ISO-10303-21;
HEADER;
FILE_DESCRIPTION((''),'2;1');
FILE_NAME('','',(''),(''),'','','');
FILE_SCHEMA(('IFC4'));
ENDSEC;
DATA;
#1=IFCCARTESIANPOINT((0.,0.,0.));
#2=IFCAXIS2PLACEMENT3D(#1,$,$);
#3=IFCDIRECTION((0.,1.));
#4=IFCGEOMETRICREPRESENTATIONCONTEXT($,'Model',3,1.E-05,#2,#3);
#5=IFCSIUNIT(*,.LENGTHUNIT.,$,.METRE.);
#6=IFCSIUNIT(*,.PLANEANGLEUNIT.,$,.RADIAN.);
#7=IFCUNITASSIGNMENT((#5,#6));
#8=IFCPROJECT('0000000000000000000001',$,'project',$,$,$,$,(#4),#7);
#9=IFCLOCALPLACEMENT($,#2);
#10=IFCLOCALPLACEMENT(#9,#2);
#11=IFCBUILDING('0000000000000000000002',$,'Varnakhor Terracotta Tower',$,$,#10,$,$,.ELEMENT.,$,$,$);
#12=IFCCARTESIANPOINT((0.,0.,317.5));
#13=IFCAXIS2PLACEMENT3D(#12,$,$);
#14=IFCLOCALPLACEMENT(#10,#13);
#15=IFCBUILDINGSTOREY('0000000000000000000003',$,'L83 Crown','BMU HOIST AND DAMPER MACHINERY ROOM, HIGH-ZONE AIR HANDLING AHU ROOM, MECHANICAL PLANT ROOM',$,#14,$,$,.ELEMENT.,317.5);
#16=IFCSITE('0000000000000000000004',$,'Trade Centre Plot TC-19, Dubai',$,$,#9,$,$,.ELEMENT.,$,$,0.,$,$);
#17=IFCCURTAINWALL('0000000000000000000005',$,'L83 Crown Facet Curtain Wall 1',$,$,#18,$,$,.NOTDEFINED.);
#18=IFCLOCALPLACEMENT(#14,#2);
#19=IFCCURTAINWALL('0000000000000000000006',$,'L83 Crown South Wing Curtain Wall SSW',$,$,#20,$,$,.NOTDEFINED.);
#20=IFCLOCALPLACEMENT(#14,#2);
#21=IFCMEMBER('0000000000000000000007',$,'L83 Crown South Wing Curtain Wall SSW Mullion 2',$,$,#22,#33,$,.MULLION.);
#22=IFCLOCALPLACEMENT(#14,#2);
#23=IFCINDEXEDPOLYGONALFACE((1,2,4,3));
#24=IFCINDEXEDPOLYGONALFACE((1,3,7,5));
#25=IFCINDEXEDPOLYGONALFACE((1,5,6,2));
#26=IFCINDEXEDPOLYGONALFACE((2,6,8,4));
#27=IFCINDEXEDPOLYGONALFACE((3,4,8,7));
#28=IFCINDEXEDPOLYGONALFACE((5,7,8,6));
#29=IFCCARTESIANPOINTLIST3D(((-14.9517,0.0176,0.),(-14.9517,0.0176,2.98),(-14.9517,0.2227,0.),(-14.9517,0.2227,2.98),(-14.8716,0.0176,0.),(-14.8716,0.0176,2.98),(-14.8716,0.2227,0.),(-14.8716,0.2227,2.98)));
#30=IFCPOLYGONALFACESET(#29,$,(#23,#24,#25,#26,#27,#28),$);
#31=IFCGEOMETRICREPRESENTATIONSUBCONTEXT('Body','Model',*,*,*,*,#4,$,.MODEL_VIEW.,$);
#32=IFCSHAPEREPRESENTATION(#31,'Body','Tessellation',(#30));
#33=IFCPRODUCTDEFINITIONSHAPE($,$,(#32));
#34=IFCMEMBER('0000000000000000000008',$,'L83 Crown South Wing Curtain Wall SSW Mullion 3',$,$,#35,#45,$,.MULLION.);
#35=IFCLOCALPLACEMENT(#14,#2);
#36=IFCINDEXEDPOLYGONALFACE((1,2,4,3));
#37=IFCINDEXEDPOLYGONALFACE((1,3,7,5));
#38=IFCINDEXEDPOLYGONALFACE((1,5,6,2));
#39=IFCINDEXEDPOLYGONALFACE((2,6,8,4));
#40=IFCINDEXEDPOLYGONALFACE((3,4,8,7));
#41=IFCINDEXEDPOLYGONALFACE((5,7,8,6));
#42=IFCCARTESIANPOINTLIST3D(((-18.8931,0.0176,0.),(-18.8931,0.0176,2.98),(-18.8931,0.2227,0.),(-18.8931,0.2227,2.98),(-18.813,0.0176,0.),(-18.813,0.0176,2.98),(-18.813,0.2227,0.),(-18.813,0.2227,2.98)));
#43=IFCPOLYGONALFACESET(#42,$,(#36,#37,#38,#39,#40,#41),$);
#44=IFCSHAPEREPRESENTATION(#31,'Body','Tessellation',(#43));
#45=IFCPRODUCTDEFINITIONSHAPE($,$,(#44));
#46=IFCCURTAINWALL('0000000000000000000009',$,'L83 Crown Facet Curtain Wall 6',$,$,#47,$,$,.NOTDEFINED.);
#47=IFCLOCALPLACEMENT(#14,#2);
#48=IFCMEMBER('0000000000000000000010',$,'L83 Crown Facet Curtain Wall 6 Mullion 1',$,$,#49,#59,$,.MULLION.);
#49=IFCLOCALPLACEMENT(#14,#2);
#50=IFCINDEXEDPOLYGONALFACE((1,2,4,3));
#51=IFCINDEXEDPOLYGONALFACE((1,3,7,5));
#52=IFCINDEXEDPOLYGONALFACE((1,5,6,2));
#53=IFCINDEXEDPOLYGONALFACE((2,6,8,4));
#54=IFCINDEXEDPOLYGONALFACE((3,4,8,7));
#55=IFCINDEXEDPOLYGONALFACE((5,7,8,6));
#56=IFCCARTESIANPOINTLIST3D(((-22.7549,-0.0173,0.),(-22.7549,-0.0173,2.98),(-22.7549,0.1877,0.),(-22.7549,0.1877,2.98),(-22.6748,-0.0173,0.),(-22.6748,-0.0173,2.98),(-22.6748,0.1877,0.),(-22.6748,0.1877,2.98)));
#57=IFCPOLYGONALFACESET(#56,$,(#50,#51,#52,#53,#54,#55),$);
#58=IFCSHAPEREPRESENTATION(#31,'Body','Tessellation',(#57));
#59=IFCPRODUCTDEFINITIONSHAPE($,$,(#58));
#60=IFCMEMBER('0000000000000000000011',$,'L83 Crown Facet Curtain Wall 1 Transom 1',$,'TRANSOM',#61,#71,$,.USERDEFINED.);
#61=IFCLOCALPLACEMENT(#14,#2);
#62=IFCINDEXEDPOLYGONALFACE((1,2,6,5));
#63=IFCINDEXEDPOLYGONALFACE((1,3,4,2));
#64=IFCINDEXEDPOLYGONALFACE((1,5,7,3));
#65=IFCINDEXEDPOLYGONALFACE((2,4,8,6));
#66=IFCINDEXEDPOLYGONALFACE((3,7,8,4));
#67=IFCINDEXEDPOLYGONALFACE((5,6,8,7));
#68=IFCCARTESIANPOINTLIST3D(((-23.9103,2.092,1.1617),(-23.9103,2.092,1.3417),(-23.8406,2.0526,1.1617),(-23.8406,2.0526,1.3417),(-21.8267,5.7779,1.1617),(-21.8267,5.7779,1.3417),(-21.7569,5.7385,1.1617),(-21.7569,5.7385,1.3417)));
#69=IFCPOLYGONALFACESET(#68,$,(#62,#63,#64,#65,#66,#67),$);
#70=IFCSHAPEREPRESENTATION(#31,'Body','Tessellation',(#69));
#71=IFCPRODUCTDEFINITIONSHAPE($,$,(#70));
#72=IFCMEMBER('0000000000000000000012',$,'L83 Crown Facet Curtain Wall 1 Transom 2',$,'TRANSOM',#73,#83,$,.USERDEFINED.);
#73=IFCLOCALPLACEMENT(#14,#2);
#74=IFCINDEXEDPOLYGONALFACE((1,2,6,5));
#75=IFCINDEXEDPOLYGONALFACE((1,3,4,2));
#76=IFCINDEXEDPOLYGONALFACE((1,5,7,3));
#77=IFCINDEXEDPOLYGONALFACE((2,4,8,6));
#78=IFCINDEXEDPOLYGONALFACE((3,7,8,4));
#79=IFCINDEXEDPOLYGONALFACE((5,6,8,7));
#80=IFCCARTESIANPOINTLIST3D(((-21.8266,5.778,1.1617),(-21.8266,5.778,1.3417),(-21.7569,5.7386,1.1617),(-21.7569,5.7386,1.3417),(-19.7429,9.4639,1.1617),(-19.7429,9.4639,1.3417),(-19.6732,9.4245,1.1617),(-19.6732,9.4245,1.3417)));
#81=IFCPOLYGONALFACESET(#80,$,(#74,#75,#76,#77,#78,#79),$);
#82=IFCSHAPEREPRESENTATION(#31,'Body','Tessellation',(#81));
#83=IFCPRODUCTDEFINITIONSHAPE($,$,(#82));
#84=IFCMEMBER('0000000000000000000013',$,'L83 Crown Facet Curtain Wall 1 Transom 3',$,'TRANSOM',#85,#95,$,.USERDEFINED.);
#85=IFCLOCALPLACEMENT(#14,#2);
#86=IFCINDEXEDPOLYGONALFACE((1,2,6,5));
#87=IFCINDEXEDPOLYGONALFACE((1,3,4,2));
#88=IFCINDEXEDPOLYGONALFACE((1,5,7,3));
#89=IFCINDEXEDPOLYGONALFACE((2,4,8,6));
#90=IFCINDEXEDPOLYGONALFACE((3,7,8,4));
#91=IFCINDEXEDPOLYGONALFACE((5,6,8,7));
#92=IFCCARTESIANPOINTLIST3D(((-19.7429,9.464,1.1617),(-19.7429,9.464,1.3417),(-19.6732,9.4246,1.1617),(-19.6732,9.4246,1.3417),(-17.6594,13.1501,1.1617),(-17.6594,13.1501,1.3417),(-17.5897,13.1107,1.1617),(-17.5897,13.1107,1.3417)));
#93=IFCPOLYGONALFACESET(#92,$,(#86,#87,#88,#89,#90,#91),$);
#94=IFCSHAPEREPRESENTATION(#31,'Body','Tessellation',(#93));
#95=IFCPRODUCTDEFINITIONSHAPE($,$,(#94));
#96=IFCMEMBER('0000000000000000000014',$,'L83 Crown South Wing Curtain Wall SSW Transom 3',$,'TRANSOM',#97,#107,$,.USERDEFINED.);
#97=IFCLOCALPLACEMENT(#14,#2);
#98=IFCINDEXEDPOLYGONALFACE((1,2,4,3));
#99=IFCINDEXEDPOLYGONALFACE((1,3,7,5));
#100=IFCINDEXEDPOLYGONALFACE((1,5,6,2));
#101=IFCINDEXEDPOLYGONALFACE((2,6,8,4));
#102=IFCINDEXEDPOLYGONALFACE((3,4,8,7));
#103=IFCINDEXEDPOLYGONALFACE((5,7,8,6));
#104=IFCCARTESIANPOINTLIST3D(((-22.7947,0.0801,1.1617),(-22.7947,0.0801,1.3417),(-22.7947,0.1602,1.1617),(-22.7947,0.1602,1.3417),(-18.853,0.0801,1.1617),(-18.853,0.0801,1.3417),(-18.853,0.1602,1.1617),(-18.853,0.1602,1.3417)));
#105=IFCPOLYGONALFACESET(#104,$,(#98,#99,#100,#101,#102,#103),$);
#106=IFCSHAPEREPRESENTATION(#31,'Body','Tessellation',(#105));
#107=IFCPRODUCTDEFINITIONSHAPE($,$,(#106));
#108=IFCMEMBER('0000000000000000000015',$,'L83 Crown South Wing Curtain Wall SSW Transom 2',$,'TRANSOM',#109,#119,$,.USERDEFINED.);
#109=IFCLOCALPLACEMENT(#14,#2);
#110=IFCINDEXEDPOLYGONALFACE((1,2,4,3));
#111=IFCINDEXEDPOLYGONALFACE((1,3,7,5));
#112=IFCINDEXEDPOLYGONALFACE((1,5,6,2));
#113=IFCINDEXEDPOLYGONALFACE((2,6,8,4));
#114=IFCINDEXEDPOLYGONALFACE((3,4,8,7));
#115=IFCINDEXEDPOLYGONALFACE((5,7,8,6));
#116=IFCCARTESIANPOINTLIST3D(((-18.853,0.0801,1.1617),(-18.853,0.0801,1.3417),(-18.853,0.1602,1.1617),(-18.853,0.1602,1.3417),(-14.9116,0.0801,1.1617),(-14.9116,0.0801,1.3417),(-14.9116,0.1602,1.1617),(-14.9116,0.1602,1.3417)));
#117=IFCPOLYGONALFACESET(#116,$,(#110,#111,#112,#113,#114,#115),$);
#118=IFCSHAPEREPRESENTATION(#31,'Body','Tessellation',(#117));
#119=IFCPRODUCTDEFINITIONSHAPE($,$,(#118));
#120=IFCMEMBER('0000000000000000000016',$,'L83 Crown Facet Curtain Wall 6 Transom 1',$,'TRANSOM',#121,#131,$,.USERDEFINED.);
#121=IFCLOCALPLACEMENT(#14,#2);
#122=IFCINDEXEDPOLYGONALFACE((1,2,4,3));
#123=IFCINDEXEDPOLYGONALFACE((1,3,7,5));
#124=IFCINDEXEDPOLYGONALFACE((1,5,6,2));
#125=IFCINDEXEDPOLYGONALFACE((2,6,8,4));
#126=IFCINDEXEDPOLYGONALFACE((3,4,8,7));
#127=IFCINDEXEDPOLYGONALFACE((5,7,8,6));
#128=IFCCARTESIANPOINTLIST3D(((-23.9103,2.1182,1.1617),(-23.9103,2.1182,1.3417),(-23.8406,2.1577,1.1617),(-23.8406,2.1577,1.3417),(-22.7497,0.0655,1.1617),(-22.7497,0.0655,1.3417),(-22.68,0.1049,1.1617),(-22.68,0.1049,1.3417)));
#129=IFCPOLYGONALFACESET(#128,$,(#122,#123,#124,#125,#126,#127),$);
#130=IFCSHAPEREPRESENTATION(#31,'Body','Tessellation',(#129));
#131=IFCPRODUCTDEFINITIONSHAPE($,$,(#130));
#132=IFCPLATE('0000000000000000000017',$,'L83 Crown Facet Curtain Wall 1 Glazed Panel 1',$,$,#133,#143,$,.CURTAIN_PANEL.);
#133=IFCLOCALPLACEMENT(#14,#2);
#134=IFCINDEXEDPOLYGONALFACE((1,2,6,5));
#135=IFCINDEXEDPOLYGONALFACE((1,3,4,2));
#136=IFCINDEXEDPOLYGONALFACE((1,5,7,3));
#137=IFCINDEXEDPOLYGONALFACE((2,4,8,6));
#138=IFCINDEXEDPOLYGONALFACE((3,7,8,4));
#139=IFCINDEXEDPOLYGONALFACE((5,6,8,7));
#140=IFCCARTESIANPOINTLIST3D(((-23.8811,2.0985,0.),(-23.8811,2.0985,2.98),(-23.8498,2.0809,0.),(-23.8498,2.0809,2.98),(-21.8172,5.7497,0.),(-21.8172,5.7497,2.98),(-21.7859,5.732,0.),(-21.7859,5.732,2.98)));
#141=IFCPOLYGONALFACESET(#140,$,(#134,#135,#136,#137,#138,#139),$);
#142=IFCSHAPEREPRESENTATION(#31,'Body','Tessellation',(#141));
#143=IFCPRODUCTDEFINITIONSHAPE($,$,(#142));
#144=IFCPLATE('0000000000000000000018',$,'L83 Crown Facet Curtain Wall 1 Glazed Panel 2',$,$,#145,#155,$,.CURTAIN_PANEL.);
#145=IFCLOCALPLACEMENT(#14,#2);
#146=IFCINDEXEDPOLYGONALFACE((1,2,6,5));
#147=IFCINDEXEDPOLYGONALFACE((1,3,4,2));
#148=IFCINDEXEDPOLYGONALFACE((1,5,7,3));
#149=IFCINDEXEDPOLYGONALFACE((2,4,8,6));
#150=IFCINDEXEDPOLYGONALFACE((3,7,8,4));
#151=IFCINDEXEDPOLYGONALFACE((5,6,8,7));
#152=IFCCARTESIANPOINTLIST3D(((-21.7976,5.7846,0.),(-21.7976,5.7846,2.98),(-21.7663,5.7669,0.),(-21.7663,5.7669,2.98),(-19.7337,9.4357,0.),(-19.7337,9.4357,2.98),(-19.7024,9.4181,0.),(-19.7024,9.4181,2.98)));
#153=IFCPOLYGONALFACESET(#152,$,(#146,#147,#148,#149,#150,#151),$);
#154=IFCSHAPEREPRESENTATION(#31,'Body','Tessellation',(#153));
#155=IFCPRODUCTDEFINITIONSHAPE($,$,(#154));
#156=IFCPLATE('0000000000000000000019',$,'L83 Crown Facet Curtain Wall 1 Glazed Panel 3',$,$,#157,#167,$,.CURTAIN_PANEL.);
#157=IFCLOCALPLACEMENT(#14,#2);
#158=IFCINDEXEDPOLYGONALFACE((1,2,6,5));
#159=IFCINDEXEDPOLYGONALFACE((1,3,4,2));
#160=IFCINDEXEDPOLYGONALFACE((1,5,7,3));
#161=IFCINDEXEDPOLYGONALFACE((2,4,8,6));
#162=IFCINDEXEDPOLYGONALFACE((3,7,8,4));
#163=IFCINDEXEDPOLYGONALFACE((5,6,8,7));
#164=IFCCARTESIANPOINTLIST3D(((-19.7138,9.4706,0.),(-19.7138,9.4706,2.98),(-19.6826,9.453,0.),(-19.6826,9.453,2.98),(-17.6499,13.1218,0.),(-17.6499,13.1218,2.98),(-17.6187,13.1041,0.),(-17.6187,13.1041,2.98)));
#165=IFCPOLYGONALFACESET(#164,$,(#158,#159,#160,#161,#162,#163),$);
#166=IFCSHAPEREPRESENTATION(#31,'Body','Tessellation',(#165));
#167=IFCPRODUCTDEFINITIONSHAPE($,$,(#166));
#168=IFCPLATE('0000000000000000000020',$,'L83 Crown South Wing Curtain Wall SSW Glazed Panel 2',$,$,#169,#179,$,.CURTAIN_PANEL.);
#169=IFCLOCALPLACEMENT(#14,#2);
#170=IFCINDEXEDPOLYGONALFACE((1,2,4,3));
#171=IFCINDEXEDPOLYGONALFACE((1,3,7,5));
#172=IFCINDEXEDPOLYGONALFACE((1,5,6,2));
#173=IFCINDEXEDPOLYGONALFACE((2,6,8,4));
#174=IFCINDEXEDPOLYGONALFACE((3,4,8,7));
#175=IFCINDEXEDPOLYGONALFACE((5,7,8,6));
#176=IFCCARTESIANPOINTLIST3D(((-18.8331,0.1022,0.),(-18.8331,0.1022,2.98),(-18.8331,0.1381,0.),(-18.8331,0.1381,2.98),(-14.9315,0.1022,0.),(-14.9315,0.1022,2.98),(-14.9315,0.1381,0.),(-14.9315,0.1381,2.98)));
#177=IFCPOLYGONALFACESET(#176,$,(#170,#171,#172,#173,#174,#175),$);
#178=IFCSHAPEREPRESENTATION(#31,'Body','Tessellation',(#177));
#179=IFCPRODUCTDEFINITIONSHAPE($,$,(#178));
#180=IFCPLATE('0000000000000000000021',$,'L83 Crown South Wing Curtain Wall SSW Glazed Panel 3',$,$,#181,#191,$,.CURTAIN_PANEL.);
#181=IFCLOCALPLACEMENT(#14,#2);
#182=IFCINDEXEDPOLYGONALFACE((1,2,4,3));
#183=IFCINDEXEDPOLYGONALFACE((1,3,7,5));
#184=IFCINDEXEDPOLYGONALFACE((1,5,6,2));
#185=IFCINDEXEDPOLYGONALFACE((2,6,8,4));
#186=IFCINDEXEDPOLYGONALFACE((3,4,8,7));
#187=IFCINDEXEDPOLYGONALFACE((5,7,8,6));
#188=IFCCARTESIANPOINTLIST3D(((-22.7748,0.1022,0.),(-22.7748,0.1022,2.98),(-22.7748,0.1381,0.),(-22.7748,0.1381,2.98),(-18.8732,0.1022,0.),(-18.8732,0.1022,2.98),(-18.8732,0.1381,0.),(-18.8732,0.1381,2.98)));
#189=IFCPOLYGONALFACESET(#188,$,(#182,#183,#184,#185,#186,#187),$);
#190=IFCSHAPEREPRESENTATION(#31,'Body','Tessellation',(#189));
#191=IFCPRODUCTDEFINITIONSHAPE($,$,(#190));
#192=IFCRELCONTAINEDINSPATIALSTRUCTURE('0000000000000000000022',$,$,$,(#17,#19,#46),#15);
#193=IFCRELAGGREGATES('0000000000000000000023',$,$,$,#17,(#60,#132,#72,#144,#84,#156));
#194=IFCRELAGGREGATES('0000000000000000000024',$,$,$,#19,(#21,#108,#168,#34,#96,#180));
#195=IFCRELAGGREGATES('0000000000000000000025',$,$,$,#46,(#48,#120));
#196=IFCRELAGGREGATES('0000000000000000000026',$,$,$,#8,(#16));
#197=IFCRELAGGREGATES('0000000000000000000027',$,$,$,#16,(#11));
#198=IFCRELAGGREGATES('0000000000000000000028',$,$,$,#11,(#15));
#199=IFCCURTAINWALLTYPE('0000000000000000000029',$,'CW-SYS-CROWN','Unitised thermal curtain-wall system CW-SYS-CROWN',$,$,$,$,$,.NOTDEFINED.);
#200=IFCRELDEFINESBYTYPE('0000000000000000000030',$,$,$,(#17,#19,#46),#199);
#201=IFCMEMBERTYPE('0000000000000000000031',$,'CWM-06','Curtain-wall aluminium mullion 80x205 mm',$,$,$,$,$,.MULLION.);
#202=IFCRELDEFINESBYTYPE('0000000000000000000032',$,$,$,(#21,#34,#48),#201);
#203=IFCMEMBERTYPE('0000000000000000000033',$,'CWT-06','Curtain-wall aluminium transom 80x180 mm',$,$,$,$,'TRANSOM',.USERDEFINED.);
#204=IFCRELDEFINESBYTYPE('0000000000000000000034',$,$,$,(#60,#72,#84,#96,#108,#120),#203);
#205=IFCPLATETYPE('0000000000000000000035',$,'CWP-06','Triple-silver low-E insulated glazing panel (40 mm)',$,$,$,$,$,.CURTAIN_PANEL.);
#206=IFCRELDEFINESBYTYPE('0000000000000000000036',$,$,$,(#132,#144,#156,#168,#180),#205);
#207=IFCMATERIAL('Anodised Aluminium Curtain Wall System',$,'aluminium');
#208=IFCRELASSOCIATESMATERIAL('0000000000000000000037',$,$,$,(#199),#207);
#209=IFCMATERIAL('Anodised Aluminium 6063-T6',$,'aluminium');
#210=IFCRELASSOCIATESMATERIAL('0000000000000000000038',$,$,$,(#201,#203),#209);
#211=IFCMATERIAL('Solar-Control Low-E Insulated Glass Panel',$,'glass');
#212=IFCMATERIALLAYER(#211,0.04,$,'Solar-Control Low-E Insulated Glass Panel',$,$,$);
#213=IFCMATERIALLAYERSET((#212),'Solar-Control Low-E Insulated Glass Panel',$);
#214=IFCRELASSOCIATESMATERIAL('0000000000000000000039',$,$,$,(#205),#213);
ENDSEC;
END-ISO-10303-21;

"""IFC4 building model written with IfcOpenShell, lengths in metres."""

from ifc_helpers import new_model, si_unit, direction, frame, origin, origin_2d, place, context, subcontext, project, spatial, rectangle, extrude, source, transform, mapped, material, layer, layer_set, material_profile, profile_set, type_object, type_shapes, element, aggregate, save


model = new_model("IFC4")

# Units and contexts
model_context = context("Model", 3, precision=1e-05, world=origin(), true_north=direction((0.0, 1.0)))
body_context = subcontext(model_context, "Body", "Model", "MODEL_VIEW")
ifc_project = project(units=[si_unit("LENGTHUNIT", "METRE"), si_unit("PLANEANGLEUNIT", "RADIAN")], contexts=[model_context])

# Site, building, storey
site_placement = place(None, origin())
site = spatial("IfcSite", under=ifc_project, at=site_placement, Name="Trade Centre Plot TC-19, Dubai", CompositionType="ELEMENT", RefElevation=0.0)
building_placement = place(site_placement, origin())
building = spatial("IfcBuilding", under=site, at=building_placement, Name="Varnakhor Terracotta Tower", CompositionType="ELEMENT")
storey_placement = place(building_placement, frame((0.0, 0.0, 317.5)))
storey = spatial("IfcBuildingStorey", under=building, at=storey_placement, Name="L83 Crown", Description="BMU HOIST AND DAMPER MACHINERY ROOM, HIGH-ZONE AIR HANDLING AHU ROOM, MECHANICAL PLANT ROOM", CompositionType="ELEMENT", Elevation=317.5)

# Curtain walls, members
ifc_material_1 = material(Name="Anodised Aluminium Curtain Wall System", Category="aluminium")
curtain_wall_type = type_object("IfcCurtainWallType", Name="CW-SYS-CROWN", Description="Unitised thermal curtain-wall system CW-SYS-CROWN", PredefinedType="NOTDEFINED", material=ifc_material_1)
curtain_wall_1_placement = place(storey_placement, origin())
curtain_wall_1 = element("IfcCurtainWall", 1, at=curtain_wall_1_placement, inside=storey, type_object=curtain_wall_type, Name="L83 Crown Facet Curtain Wall 1", PredefinedType="NOTDEFINED")
ifc_material_2 = material(Name="Anodised Aluminium 6063-T6", Category="aluminium")
ifc_material_profile_1 = material_profile(ifc_material_2, rectangle(XDim=0.0801, YDim=0.2051, at=origin_2d()), Name="ALU MULLION 80x205")
ifc_profile_set_1 = profile_set([ifc_material_profile_1], Name="Anodised Aluminium 6063-T6")
member_type_1 = type_object("IfcMemberType", Name="CWM-06", Description="Curtain-wall aluminium mullion 80x205 mm", PredefinedType="MULLION", material=ifc_profile_set_1)
shared_shape_1 = source(origin(), body_context, "Body", "SweptSolid", [
    extrude(rectangle(XDim=0.0801, YDim=0.2051, at=origin_2d()), origin(), (0.0, 0.0, 1.0), 2.98),
])
type_shapes(member_type_1, [shared_shape_1])
curtain_wall_2_placement = place(storey_placement, origin())
curtain_wall_2 = element("IfcCurtainWall", 2, at=curtain_wall_2_placement, inside=storey, type_object=curtain_wall_type, Name="L83 Crown South Wing Curtain Wall SSW", PredefinedType="NOTDEFINED")
member_1_placement = place(storey_placement, frame((-14.9116, 0.1201, 0.0), z_axis=(0.0, 0.0, 1.0), x_axis=(1.0, 0.0, 0.0)))
member_1 = element("IfcMember", 3, at=member_1_placement, type_object=member_type_1, Name="L83 Crown South Wing Curtain Wall SSW Mullion 2", PredefinedType="MULLION", context=body_context, shape_type="MappedRepresentation", body=[
    mapped(shared_shape_1, transform((0.0, 0.0, 0.0), scale=1.0)),
])
member_2_placement = place(storey_placement, frame((-18.853, 0.1201, 0.0), z_axis=(0.0, 0.0, 1.0), x_axis=(1.0, 0.0, 0.0)))
member_2 = element("IfcMember", 4, at=member_2_placement, type_object=member_type_1, Name="L83 Crown South Wing Curtain Wall SSW Mullion 3", PredefinedType="MULLION", context=body_context, shape_type="MappedRepresentation", body=[
    mapped(shared_shape_1, transform((0.0, 0.0, 0.0), scale=1.0)),
])

# Curtain wall, member
curtain_wall_3_placement = place(storey_placement, origin())
curtain_wall_3 = element("IfcCurtainWall", 5, at=curtain_wall_3_placement, inside=storey, type_object=curtain_wall_type, Name="L83 Crown Facet Curtain Wall 6", PredefinedType="NOTDEFINED")
member_3_placement = place(storey_placement, frame((-22.7148, 0.0852, 0.0), z_axis=(0.0, 0.0, 1.0), x_axis=(1.0, 0.0, 0.0)))
member_3 = element("IfcMember", 6, at=member_3_placement, type_object=member_type_1, Name="L83 Crown Facet Curtain Wall 6 Mullion 1", PredefinedType="MULLION", context=body_context, shape_type="MappedRepresentation", body=[
    mapped(shared_shape_1, transform((0.0, 0.0, 0.0), scale=1.0)),
])

# Members
ifc_material_profile_2 = material_profile(ifc_material_2, rectangle(XDim=0.0801, YDim=0.1799, at=origin_2d()), Name="ALU TRANSOM 80x180")
ifc_profile_set_2 = profile_set([ifc_material_profile_2], Name="Anodised Aluminium 6063-T6")
member_type_2 = type_object("IfcMemberType", Name="CWT-06", Description="Curtain-wall aluminium transom 80x180 mm", ElementType="TRANSOM", PredefinedType="USERDEFINED", material=ifc_profile_set_2)
shared_shape_2 = source(origin(), body_context, "Body", "SweptSolid", [
    extrude(rectangle(XDim=0.0801, YDim=0.1799, at=origin_2d()), origin(), (0.0, 0.0, 1.0), 4.2341),
])
member_4_placement = place(storey_placement, frame((-23.8755, 2.0723, 1.2517), z_axis=(0.492116, 0.87053, 0.0), x_axis=(-0.87053, 0.492116, 0.0)))
member_4 = element("IfcMember", 7, at=member_4_placement, type_object=member_type_2, Name="L83 Crown Facet Curtain Wall 1 Transom 1", ObjectType="TRANSOM", PredefinedType="USERDEFINED", context=body_context, shape_type="MappedRepresentation", body=[
    mapped(shared_shape_2, transform((0.0, 0.0, 0.0), scale=1.0)),
])
member_5_placement = place(storey_placement, frame((-21.7917, 5.7583, 1.2517), z_axis=(0.492116, 0.87053, 0.0), x_axis=(-0.87053, 0.492116, 0.0)))
member_5 = element("IfcMember", 8, at=member_5_placement, type_object=member_type_2, Name="L83 Crown Facet Curtain Wall 1 Transom 2", ObjectType="TRANSOM", PredefinedType="USERDEFINED", context=body_context, shape_type="MappedRepresentation", body=[
    mapped(shared_shape_2, transform((0.0, 0.0, 0.0), scale=1.0)),
])
member_6_placement = place(storey_placement, frame((-19.708, 9.4443, 1.2517), z_axis=(0.492072, 0.870554, 0.0), x_axis=(-0.870554, 0.492072, 0.0)))
member_6 = element("IfcMember", 9, at=member_6_placement, type_object=member_type_2, Name="L83 Crown Facet Curtain Wall 1 Transom 3", ObjectType="TRANSOM", PredefinedType="USERDEFINED", context=body_context, shape_type="MappedRepresentation", body=[
    mapped(shared_shape_2, transform((0.0, 0.0, 0.0), scale=1.0)),
])
shared_shape_3 = source(origin(), body_context, "Body", "SweptSolid", [
    extrude(rectangle(XDim=0.0801, YDim=0.1799, at=origin_2d()), origin(), (0.0, 0.0, 1.0), 3.9417),
])
member_7_placement = place(storey_placement, frame((-18.853, 0.1201, 1.2517), z_axis=(-1.0, 0.0, 0.0), x_axis=(0.0, -1.0, 0.0)))
member_7 = element("IfcMember", 10, at=member_7_placement, type_object=member_type_2, Name="L83 Crown South Wing Curtain Wall SSW Transom 3", ObjectType="TRANSOM", PredefinedType="USERDEFINED", context=body_context, shape_type="MappedRepresentation", body=[
    mapped(shared_shape_3, transform((0.0, 0.0, 0.0), scale=1.0)),
])
shared_shape_4 = source(origin(), body_context, "Body", "SweptSolid", [
    extrude(rectangle(XDim=0.0801, YDim=0.1799, at=origin_2d()), origin(), (0.0, 0.0, 1.0), 3.9414),
])
member_8_placement = place(storey_placement, frame((-14.9116, 0.1201, 1.2517), z_axis=(-1.0, 0.0, 0.0), x_axis=(0.0, -1.0, 0.0)))
member_8 = element("IfcMember", 11, at=member_8_placement, type_object=member_type_2, Name="L83 Crown South Wing Curtain Wall SSW Transom 2", ObjectType="TRANSOM", PredefinedType="USERDEFINED", context=body_context, shape_type="MappedRepresentation", body=[
    mapped(shared_shape_4, transform((0.0, 0.0, 0.0), scale=1.0)),
])
shared_shape_5 = source(origin(), body_context, "Body", "SweptSolid", [
    extrude(rectangle(XDim=0.0801, YDim=0.1799, at=origin_2d()), origin(), (0.0, 0.0, 1.0), 2.3582),
])
member_9_placement = place(storey_placement, frame((-22.7148, 0.0852, 1.2517), z_axis=(-0.492187, 0.87049, 0.0), x_axis=(-0.87049, -0.492187, 0.0)))
member_9 = element("IfcMember", 12, at=member_9_placement, type_object=member_type_2, Name="L83 Crown Facet Curtain Wall 6 Transom 1", ObjectType="TRANSOM", PredefinedType="USERDEFINED", context=body_context, shape_type="MappedRepresentation", body=[
    mapped(shared_shape_5, transform((0.0, 0.0, 0.0), scale=1.0)),
])

# Plates
ifc_material_3 = material(Name="Solar-Control Low-E Insulated Glass Panel", Category="glass")
ifc_layer = layer(ifc_material_3, 0.04, Name="Solar-Control Low-E Insulated Glass Panel")
ifc_layer_set = layer_set([ifc_layer], Name="Solar-Control Low-E Insulated Glass Panel")
plate_type = type_object("IfcPlateType", Name="CWP-06", Description="Triple-silver low-E insulated glazing panel (40 mm)", PredefinedType="CURTAIN_PANEL", material=ifc_layer_set)
shared_shape_6 = source(origin(), body_context, "Body", "SweptSolid", [
    extrude(rectangle(XDim=4.1941, YDim=0.0359, at=origin_2d()), origin(), (0.0, 0.0, 1.0), 2.98),
])
plate_1_placement = place(storey_placement, frame((-22.8335, 3.9153, 0.0), z_axis=(0.0, 0.0, 1.0), x_axis=(0.492089, 0.870545, 0.0)))
plate_1 = element("IfcPlate", 13, at=plate_1_placement, type_object=plate_type, Name="L83 Crown Facet Curtain Wall 1 Glazed Panel 1", PredefinedType="CURTAIN_PANEL", context=body_context, shape_type="MappedRepresentation", body=[
    mapped(shared_shape_6, transform((0.0, 0.0, 0.0), scale=1.0)),
])
plate_2_placement = place(storey_placement, frame((-20.75, 7.6013, 0.0), z_axis=(0.0, 0.0, 1.0), x_axis=(0.492089, 0.870545, 0.0)))
plate_2 = element("IfcPlate", 14, at=plate_2_placement, type_object=plate_type, Name="L83 Crown Facet Curtain Wall 1 Glazed Panel 2", PredefinedType="CURTAIN_PANEL", context=body_context, shape_type="MappedRepresentation", body=[
    mapped(shared_shape_6, transform((0.0, 0.0, 0.0), scale=1.0)),
])
plate_3_placement = place(storey_placement, frame((-18.6663, 11.2874, 0.0), z_axis=(0.0, 0.0, 1.0), x_axis=(0.492089, 0.870545, 0.0)))
plate_3 = element("IfcPlate", 15, at=plate_3_placement, type_object=plate_type, Name="L83 Crown Facet Curtain Wall 1 Glazed Panel 3", PredefinedType="CURTAIN_PANEL", context=body_context, shape_type="MappedRepresentation", body=[
    mapped(shared_shape_6, transform((0.0, 0.0, 0.0), scale=1.0)),
])
aggregate(curtain_wall_1, [member_4, plate_1, member_5, plate_2, member_6, plate_3])
shared_shape_7 = source(origin(), body_context, "Body", "SweptSolid", [
    extrude(rectangle(XDim=3.9016, YDim=0.0359, at=origin_2d()), origin(), (0.0, 0.0, 1.0), 2.98),
])
plate_4_placement = place(storey_placement, frame((-16.8823, 0.1201, 0.0), z_axis=(0.0, 0.0, 1.0), x_axis=(-1.0, 0.0, 0.0)))
plate_4 = element("IfcPlate", 16, at=plate_4_placement, type_object=plate_type, Name="L83 Crown South Wing Curtain Wall SSW Glazed Panel 2", PredefinedType="CURTAIN_PANEL", context=body_context, shape_type="MappedRepresentation", body=[
    mapped(shared_shape_7, transform((0.0, 0.0, 0.0), scale=1.0)),
])
plate_5_placement = place(storey_placement, frame((-20.824, 0.1201, 0.0), z_axis=(0.0, 0.0, 1.0), x_axis=(-1.0, 0.0, 0.0)))
plate_5 = element("IfcPlate", 17, at=plate_5_placement, type_object=plate_type, Name="L83 Crown South Wing Curtain Wall SSW Glazed Panel 3", PredefinedType="CURTAIN_PANEL", context=body_context, shape_type="MappedRepresentation", body=[
    mapped(shared_shape_7, transform((0.0, 0.0, 0.0), scale=1.0)),
])
aggregate(curtain_wall_2, [member_1, member_8, plate_4, member_2, member_7, plate_5])
aggregate(curtain_wall_3, [member_3, member_9])

save(model, "model.ifc")
